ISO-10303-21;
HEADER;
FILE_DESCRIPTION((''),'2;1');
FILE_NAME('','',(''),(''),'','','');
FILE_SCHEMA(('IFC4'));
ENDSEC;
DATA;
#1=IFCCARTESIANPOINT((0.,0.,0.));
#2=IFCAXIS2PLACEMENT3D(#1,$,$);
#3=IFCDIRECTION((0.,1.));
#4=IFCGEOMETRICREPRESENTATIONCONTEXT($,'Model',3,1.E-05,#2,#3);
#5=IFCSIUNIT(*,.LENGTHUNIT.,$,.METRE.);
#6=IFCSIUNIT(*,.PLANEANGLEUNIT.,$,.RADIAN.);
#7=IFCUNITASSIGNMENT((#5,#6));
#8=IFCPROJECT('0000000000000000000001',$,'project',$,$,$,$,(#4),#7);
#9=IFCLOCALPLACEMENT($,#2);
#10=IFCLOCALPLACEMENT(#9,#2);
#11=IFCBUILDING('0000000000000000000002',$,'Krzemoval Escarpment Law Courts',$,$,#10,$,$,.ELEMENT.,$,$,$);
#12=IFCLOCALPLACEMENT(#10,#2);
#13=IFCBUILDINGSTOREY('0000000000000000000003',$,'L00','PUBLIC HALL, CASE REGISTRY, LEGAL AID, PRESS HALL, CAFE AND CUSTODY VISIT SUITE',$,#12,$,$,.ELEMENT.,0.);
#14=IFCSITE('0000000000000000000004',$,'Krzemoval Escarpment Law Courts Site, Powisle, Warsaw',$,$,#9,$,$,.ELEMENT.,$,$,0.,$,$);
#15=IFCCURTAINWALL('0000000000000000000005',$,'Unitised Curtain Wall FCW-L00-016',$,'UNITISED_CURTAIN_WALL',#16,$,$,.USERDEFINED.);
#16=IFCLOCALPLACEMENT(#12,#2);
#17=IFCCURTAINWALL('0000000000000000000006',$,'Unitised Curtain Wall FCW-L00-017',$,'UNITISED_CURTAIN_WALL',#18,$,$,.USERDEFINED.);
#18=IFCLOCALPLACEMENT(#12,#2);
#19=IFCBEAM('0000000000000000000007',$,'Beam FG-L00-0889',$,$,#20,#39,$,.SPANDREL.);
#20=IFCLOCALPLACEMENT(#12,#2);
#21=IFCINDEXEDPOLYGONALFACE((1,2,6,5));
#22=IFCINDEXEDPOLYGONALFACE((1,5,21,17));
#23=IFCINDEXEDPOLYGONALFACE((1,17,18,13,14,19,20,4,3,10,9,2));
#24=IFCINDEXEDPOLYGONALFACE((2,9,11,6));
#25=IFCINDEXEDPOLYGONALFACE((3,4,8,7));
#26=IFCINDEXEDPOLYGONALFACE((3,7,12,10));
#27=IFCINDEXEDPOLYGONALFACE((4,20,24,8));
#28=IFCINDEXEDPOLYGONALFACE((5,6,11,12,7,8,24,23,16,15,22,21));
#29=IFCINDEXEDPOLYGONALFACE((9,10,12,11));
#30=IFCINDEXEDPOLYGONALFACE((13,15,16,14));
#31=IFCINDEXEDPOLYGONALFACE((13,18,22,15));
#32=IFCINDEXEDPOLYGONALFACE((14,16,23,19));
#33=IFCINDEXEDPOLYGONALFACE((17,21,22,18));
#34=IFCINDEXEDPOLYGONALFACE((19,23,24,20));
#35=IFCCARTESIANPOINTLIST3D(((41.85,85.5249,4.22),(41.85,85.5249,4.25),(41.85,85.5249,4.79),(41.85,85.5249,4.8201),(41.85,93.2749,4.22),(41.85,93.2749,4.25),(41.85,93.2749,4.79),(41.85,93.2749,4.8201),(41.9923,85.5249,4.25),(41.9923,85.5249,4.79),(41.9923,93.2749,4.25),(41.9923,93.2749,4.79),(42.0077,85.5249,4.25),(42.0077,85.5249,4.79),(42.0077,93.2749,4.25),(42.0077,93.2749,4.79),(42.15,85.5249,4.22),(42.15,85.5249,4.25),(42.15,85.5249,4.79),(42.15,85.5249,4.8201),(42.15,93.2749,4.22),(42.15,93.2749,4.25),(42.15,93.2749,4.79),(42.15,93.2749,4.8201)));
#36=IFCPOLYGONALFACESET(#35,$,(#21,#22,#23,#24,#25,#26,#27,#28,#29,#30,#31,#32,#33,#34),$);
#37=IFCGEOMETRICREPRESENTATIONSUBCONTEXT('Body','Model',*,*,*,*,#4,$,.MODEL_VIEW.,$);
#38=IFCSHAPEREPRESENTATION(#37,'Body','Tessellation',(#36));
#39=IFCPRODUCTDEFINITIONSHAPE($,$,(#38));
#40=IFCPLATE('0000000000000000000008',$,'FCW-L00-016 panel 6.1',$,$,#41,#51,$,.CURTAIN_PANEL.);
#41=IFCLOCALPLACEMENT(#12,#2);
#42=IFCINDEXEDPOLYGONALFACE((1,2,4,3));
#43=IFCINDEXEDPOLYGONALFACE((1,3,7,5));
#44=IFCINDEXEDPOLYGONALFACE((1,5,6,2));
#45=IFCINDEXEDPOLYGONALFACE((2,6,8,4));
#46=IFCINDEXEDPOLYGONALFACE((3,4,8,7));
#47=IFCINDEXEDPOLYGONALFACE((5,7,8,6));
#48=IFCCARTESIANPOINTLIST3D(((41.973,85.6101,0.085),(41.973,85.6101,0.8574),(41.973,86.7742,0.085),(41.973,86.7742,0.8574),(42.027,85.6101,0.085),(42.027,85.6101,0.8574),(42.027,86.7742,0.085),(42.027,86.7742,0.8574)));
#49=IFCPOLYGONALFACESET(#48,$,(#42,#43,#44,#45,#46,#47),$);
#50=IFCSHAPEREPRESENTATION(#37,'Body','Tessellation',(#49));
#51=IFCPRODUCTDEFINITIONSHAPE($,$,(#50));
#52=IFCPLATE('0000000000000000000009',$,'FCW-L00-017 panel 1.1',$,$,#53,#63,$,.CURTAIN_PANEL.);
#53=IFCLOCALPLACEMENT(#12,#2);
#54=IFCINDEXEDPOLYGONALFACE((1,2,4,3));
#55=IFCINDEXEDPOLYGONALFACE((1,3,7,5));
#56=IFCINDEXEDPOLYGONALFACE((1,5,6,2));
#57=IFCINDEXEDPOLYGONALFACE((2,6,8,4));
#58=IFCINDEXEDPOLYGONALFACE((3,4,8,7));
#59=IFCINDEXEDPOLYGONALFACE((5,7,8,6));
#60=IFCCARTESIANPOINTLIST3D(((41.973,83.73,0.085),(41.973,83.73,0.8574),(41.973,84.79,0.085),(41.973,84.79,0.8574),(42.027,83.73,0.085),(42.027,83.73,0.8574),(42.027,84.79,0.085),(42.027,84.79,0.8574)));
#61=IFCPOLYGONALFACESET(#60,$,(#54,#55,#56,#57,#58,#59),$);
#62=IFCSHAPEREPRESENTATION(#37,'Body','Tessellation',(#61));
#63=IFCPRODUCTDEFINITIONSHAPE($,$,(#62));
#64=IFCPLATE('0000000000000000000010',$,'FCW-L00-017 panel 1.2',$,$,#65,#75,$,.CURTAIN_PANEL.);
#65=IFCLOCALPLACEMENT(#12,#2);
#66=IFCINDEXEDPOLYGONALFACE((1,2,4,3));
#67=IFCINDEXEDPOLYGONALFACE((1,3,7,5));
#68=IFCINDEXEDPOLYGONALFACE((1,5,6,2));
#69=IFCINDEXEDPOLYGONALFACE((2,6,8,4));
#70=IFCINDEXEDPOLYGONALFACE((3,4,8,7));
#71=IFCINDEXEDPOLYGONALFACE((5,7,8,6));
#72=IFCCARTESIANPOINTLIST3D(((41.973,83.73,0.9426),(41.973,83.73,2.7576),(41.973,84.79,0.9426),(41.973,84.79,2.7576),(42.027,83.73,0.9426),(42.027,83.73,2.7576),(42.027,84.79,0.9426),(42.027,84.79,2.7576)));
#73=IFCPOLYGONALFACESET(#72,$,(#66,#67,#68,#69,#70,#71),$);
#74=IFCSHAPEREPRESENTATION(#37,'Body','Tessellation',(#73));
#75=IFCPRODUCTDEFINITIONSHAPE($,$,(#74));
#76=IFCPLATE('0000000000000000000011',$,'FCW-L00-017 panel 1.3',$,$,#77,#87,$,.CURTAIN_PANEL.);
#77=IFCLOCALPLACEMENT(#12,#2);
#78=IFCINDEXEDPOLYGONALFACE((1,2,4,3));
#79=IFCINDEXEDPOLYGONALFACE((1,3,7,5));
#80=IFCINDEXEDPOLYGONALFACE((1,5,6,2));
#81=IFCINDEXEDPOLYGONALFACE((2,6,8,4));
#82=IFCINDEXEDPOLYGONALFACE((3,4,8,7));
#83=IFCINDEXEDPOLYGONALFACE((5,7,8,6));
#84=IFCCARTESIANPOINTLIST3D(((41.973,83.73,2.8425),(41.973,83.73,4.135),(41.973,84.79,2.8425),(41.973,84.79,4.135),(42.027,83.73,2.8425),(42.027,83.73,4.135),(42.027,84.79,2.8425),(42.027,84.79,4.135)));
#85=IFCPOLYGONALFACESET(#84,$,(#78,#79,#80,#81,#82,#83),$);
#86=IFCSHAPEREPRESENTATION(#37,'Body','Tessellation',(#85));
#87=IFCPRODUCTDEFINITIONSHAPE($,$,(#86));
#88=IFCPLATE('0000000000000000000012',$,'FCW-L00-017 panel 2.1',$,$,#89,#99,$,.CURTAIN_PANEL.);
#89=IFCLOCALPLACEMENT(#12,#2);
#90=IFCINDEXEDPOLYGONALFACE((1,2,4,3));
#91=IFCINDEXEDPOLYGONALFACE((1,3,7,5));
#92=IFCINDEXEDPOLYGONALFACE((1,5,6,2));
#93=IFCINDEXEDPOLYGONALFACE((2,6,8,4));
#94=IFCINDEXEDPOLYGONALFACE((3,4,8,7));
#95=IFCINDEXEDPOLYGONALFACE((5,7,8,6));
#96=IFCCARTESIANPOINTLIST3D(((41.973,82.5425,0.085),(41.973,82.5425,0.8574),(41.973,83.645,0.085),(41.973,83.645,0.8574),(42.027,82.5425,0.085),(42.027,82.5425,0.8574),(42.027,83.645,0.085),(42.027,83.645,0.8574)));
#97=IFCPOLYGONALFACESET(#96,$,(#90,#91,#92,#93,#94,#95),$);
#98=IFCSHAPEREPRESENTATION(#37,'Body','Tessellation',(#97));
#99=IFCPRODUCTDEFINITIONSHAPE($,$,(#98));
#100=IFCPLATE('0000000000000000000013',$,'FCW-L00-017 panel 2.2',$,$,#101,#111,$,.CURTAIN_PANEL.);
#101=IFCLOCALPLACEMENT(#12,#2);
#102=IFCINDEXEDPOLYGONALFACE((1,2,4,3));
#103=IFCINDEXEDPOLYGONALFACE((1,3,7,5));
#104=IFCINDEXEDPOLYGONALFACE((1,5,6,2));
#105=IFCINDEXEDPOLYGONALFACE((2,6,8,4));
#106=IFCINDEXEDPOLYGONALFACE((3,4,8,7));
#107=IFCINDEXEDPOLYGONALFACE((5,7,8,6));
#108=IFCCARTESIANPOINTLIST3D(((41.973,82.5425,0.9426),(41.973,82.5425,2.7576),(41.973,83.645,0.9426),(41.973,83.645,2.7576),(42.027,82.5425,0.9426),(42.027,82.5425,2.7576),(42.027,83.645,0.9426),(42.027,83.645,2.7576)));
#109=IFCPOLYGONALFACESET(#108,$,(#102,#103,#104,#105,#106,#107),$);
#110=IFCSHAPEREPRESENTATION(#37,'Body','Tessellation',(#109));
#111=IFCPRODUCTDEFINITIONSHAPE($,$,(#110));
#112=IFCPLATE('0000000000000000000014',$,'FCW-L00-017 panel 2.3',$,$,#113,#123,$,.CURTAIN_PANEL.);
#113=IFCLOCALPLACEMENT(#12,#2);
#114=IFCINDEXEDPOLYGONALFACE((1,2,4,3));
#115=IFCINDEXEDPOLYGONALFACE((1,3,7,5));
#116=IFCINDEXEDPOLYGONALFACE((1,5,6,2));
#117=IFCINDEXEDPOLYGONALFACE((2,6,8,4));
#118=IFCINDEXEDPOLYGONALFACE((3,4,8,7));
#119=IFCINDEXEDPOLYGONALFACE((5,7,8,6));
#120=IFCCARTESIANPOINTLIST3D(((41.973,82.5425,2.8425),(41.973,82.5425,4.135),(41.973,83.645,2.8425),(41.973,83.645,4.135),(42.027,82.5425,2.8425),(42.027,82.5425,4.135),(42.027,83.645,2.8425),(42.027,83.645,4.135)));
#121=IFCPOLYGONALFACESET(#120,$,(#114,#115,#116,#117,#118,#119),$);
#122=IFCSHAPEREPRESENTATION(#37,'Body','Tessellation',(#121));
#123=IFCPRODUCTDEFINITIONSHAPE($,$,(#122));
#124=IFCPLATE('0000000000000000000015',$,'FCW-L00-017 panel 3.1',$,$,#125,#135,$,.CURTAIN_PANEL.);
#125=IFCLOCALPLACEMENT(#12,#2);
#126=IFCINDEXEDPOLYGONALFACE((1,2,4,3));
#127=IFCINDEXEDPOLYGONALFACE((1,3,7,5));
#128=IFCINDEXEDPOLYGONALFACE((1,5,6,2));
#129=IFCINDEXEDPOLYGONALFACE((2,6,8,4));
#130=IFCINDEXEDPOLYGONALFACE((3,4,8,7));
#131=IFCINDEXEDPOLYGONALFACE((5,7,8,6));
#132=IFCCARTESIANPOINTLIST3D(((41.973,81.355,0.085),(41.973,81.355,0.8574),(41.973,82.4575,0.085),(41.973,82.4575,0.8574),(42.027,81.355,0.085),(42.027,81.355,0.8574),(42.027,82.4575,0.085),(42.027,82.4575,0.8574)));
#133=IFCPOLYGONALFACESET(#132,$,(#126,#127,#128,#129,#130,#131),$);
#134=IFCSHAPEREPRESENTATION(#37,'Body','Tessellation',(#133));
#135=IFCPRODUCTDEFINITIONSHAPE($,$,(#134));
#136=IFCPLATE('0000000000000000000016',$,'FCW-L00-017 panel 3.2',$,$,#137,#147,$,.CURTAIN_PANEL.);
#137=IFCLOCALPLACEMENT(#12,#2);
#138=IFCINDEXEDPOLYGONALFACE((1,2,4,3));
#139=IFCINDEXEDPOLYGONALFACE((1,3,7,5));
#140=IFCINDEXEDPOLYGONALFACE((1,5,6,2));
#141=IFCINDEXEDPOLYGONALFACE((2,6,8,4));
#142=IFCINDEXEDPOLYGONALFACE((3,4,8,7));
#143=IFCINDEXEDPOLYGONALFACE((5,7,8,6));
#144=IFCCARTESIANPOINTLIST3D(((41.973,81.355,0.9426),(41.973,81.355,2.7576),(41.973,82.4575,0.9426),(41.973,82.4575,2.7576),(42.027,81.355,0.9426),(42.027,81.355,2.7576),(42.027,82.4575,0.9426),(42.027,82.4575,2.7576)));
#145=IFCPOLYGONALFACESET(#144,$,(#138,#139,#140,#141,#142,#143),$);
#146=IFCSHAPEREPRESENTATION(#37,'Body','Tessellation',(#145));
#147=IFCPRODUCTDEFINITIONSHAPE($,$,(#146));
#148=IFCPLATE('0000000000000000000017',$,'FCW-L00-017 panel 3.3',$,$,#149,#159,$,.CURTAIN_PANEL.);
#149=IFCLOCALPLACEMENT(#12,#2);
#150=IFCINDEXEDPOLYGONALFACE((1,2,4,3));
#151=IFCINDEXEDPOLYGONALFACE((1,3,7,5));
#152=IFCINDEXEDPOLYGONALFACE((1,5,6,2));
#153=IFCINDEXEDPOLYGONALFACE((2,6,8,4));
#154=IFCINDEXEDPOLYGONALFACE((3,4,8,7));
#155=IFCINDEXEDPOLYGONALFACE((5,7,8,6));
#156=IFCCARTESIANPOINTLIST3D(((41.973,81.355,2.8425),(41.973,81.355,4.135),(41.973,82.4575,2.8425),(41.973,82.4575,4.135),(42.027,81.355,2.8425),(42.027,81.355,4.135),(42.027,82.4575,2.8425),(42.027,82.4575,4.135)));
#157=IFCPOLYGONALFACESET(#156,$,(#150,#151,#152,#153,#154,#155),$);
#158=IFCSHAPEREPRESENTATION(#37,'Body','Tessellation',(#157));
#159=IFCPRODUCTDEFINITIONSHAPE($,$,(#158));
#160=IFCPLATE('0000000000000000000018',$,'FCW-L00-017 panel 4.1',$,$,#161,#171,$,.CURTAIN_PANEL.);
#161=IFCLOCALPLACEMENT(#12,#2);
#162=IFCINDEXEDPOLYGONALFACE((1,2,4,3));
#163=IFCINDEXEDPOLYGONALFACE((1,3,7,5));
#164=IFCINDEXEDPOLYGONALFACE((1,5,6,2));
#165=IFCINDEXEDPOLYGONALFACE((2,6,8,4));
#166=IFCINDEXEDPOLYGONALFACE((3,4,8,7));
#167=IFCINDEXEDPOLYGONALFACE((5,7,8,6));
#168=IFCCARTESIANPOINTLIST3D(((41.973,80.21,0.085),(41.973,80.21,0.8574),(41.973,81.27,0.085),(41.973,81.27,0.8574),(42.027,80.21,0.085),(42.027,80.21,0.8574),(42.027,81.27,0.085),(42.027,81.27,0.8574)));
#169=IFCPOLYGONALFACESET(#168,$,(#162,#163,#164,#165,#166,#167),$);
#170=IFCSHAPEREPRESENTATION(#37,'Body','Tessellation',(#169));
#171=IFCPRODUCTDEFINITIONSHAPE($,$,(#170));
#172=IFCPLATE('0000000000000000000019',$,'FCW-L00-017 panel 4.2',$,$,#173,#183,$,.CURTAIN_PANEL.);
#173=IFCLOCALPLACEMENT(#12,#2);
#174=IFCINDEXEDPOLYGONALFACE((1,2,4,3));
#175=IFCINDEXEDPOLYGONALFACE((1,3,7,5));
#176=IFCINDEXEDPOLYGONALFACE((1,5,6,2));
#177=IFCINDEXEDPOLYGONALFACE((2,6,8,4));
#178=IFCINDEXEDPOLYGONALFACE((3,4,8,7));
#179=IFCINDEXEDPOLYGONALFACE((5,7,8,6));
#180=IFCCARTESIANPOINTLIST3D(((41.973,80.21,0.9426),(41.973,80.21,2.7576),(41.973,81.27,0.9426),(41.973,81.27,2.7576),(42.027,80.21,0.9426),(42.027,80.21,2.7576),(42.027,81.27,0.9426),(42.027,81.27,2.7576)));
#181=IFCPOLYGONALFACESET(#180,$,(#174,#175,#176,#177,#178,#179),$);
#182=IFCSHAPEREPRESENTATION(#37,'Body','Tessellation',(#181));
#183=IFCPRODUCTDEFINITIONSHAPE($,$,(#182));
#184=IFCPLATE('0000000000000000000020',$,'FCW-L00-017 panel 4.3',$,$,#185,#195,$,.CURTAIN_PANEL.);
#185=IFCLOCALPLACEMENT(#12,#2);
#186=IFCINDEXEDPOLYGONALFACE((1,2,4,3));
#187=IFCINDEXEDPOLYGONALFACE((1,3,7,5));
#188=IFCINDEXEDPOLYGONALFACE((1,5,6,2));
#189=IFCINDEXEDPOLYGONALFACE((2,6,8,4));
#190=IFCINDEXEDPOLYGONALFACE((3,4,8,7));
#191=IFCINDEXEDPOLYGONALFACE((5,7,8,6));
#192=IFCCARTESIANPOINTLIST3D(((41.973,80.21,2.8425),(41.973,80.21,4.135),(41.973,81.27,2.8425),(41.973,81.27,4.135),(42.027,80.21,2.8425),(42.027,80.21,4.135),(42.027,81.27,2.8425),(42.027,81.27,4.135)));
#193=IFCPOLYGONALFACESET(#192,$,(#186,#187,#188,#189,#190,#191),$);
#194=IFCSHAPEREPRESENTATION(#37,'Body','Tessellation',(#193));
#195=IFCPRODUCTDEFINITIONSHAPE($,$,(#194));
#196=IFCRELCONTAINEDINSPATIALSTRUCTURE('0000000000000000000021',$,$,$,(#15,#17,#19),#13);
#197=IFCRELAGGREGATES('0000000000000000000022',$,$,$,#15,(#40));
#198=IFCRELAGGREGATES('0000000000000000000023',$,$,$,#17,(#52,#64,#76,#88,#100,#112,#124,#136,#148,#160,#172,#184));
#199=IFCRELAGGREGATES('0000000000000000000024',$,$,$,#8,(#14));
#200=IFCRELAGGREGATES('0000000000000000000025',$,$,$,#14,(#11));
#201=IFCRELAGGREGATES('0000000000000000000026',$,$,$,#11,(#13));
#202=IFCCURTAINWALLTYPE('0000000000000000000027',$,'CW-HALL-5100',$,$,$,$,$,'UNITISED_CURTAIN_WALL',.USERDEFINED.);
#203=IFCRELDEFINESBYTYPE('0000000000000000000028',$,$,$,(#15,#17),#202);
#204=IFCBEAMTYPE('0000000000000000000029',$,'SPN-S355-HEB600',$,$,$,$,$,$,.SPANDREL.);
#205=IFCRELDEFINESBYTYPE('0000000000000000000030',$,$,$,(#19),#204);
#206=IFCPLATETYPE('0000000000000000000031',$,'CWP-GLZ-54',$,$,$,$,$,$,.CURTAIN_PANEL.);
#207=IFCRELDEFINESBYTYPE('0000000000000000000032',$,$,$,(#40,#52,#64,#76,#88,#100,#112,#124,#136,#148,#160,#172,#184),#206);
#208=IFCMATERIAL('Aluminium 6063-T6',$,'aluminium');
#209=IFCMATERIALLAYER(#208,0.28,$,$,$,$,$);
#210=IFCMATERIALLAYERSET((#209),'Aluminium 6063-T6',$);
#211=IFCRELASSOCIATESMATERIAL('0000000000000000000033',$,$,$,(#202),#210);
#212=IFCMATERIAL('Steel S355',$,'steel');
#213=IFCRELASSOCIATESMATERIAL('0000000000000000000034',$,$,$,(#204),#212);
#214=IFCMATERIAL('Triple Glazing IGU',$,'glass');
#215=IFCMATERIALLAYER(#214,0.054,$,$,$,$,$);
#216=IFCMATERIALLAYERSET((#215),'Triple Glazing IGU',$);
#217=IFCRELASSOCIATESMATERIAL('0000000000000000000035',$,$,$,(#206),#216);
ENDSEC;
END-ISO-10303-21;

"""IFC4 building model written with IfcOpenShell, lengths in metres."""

from ifc_helpers import new_model, si_unit, direction, frame, origin, origin_2d, place, context, subcontext, project, spatial, rectangle, i_section, extrude, material, layer, layer_set, material_profile, profile_set, type_object, element, aggregate, save


model = new_model("IFC4")

# Units and contexts
model_context = context("Model", 3, precision=1e-05, world=origin(), true_north=direction((0.0, 1.0)))
body_context = subcontext(model_context, "Body", "Model", "MODEL_VIEW")
ifc_project = project(units=[si_unit("LENGTHUNIT", "METRE"), si_unit("PLANEANGLEUNIT", "RADIAN")], contexts=[model_context])

# Site, building, storey
site_placement = place(None, origin())
site = spatial("IfcSite", under=ifc_project, at=site_placement, Name="Krzemoval Escarpment Law Courts Site, Powisle, Warsaw", CompositionType="ELEMENT", RefElevation=0.0)
building_placement = place(site_placement, origin())
building = spatial("IfcBuilding", under=site, at=building_placement, Name="Krzemoval Escarpment Law Courts", CompositionType="ELEMENT")
storey_placement = place(building_placement, origin())
storey = spatial("IfcBuildingStorey", under=building, at=storey_placement, Name="L00", Description="PUBLIC HALL, CASE REGISTRY, LEGAL AID, PRESS HALL, CAFE AND CUSTODY VISIT SUITE", CompositionType="ELEMENT", Elevation=0.0)

# Curtain wall
ifc_material_1 = material(Name="Aluminium 6063-T6", Category="aluminium")
ifc_layer_1 = layer(ifc_material_1, 0.28)
ifc_layer_set_1 = layer_set([ifc_layer_1], Name="Aluminium 6063-T6")
curtain_wall_type = type_object("IfcCurtainWallType", Name="CW-HALL-5100", ElementType="UNITISED_CURTAIN_WALL", PredefinedType="USERDEFINED", material=ifc_layer_set_1)
curtain_wall_1_placement = place(storey_placement, origin())
curtain_wall_1 = element("IfcCurtainWall", 1, at=curtain_wall_1_placement, inside=storey, type_object=curtain_wall_type, Name="Unitised Curtain Wall FCW-L00-016", ObjectType="UNITISED_CURTAIN_WALL", PredefinedType="USERDEFINED")

# Curtain wall
curtain_wall_2_placement = place(storey_placement, origin())
curtain_wall_2 = element("IfcCurtainWall", 2, at=curtain_wall_2_placement, inside=storey, type_object=curtain_wall_type, Name="Unitised Curtain Wall FCW-L00-017", ObjectType="UNITISED_CURTAIN_WALL", PredefinedType="USERDEFINED")

# Beam
ifc_material_2 = material(Name="Steel S355", Category="steel")
ifc_material_profile_1 = material_profile(ifc_material_2, i_section(OverallWidth=0.3, OverallDepth=0.6001, WebThickness=0.0154, FlangeThickness=0.03, at=origin_2d()), Name="HEB 600")
ifc_profile_set_1 = profile_set([ifc_material_profile_1], Name="Steel S355")
beam_type = type_object("IfcBeamType", Name="SPN-S355-HEB600", PredefinedType="SPANDREL", material=ifc_profile_set_1)
beam_placement = place(storey_placement, frame((42.0, 85.5249, 4.52), z_axis=(0.0, 1.0, 0.0), x_axis=(-1.0, 0.0, 0.0)))
element("IfcBeam", 3, at=beam_placement, inside=storey, type_object=beam_type, Name="Beam FG-L00-0889", PredefinedType="SPANDREL", context=body_context, shape_type="SweptSolid", body=[
    extrude(i_section(OverallWidth=0.3, OverallDepth=0.6001, WebThickness=0.0154, FlangeThickness=0.03, at=origin_2d()), origin(), (0.0, 0.0, 1.0), 7.75),
])

# Plates
ifc_material_3 = material(Name="Triple Glazing IGU", Category="glass")
ifc_layer_2 = layer(ifc_material_3, 0.054)
ifc_layer_set_2 = layer_set([ifc_layer_2], Name="Triple Glazing IGU")
plate_type = type_object("IfcPlateType", Name="CWP-GLZ-54", PredefinedType="CURTAIN_PANEL", material=ifc_layer_set_2)
plate_1_placement = place(storey_placement, frame((42.0, 86.1921, 0.085), z_axis=(0.0, 0.0, 1.0), x_axis=(0.0, -1.0, 0.0)))
plate_1 = element("IfcPlate", 4, at=plate_1_placement, type_object=plate_type, Name="FCW-L00-016 panel 6.1", PredefinedType="CURTAIN_PANEL", context=body_context, shape_type="SweptSolid", body=[
    extrude(rectangle(XDim=1.1641, YDim=0.054, at=origin_2d()), origin(), (0.0, 0.0, 1.0), 0.7725),
])
aggregate(curtain_wall_1, [plate_1])
plate_2_placement = place(storey_placement, frame((42.0, 84.26, 0.085), z_axis=(0.0, 0.0, 1.0), x_axis=(0.0, -1.0, 0.0)))
plate_2 = element("IfcPlate", 5, at=plate_2_placement, type_object=plate_type, Name="FCW-L00-017 panel 1.1", PredefinedType="CURTAIN_PANEL", context=body_context, shape_type="SweptSolid", body=[
    extrude(rectangle(XDim=1.0601, YDim=0.054, at=origin_2d()), origin(), (0.0, 0.0, 1.0), 0.7725),
])
plate_3_placement = place(storey_placement, frame((42.0, 84.26, 0.9426), z_axis=(0.0, 0.0, 1.0), x_axis=(0.0, -1.0, 0.0)))
plate_3 = element("IfcPlate", 6, at=plate_3_placement, type_object=plate_type, Name="FCW-L00-017 panel 1.2", PredefinedType="CURTAIN_PANEL", context=body_context, shape_type="SweptSolid", body=[
    extrude(rectangle(XDim=1.0601, YDim=0.054, at=origin_2d()), origin(), (0.0, 0.0, 1.0), 1.8149),
])
plate_4_placement = place(storey_placement, frame((42.0, 84.26, 2.8425), z_axis=(0.0, 0.0, 1.0), x_axis=(0.0, -1.0, 0.0)))
plate_4 = element("IfcPlate", 7, at=plate_4_placement, type_object=plate_type, Name="FCW-L00-017 panel 1.3", PredefinedType="CURTAIN_PANEL", context=body_context, shape_type="SweptSolid", body=[
    extrude(rectangle(XDim=1.0601, YDim=0.054, at=origin_2d()), origin(), (0.0, 0.0, 1.0), 1.2925),
])
plate_5_placement = place(storey_placement, frame((42.0, 83.0938, 0.085), z_axis=(0.0, 0.0, 1.0), x_axis=(0.0, -1.0, 0.0)))
plate_5 = element("IfcPlate", 8, at=plate_5_placement, type_object=plate_type, Name="FCW-L00-017 panel 2.1", PredefinedType="CURTAIN_PANEL", context=body_context, shape_type="SweptSolid", body=[
    extrude(rectangle(XDim=1.1025, YDim=0.054, at=origin_2d()), origin(), (0.0, 0.0, 1.0), 0.7725),
])
plate_6_placement = place(storey_placement, frame((42.0, 83.0938, 0.9426), z_axis=(0.0, 0.0, 1.0), x_axis=(0.0, -1.0, 0.0)))
plate_6 = element("IfcPlate", 9, at=plate_6_placement, type_object=plate_type, Name="FCW-L00-017 panel 2.2", PredefinedType="CURTAIN_PANEL", context=body_context, shape_type="SweptSolid", body=[
    extrude(rectangle(XDim=1.1025, YDim=0.054, at=origin_2d()), origin(), (0.0, 0.0, 1.0), 1.8149),
])
plate_7_placement = place(storey_placement, frame((42.0, 83.0938, 2.8425), z_axis=(0.0, 0.0, 1.0), x_axis=(0.0, -1.0, 0.0)))
plate_7 = element("IfcPlate", 10, at=plate_7_placement, type_object=plate_type, Name="FCW-L00-017 panel 2.3", PredefinedType="CURTAIN_PANEL", context=body_context, shape_type="SweptSolid", body=[
    extrude(rectangle(XDim=1.1025, YDim=0.054, at=origin_2d()), origin(), (0.0, 0.0, 1.0), 1.2925),
])
plate_8_placement = place(storey_placement, frame((42.0, 81.9062, 0.085), z_axis=(0.0, 0.0, 1.0), x_axis=(0.0, -1.0, 0.0)))
plate_8 = element("IfcPlate", 11, at=plate_8_placement, type_object=plate_type, Name="FCW-L00-017 panel 3.1", PredefinedType="CURTAIN_PANEL", context=body_context, shape_type="SweptSolid", body=[
    extrude(rectangle(XDim=1.1025, YDim=0.054, at=origin_2d()), origin(), (0.0, 0.0, 1.0), 0.7725),
])
plate_9_placement = place(storey_placement, frame((42.0, 81.9062, 0.9426), z_axis=(0.0, 0.0, 1.0), x_axis=(0.0, -1.0, 0.0)))
plate_9 = element("IfcPlate", 12, at=plate_9_placement, type_object=plate_type, Name="FCW-L00-017 panel 3.2", PredefinedType="CURTAIN_PANEL", context=body_context, shape_type="SweptSolid", body=[
    extrude(rectangle(XDim=1.1025, YDim=0.054, at=origin_2d()), origin(), (0.0, 0.0, 1.0), 1.8149),
])
plate_10_placement = place(storey_placement, frame((42.0, 81.9062, 2.8425), z_axis=(0.0, 0.0, 1.0), x_axis=(0.0, -1.0, 0.0)))
plate_10 = element("IfcPlate", 13, at=plate_10_placement, type_object=plate_type, Name="FCW-L00-017 panel 3.3", PredefinedType="CURTAIN_PANEL", context=body_context, shape_type="SweptSolid", body=[
    extrude(rectangle(XDim=1.1025, YDim=0.054, at=origin_2d()), origin(), (0.0, 0.0, 1.0), 1.2925),
])
plate_11_placement = place(storey_placement, frame((42.0, 80.74, 0.085), z_axis=(0.0, 0.0, 1.0), x_axis=(0.0, -1.0, 0.0)))
plate_11 = element("IfcPlate", 14, at=plate_11_placement, type_object=plate_type, Name="FCW-L00-017 panel 4.1", PredefinedType="CURTAIN_PANEL", context=body_context, shape_type="SweptSolid", body=[
    extrude(rectangle(XDim=1.0601, YDim=0.054, at=origin_2d()), origin(), (0.0, 0.0, 1.0), 0.7725),
])
plate_12_placement = place(storey_placement, frame((42.0, 80.74, 0.9426), z_axis=(0.0, 0.0, 1.0), x_axis=(0.0, -1.0, 0.0)))
plate_12 = element("IfcPlate", 15, at=plate_12_placement, type_object=plate_type, Name="FCW-L00-017 panel 4.2", PredefinedType="CURTAIN_PANEL", context=body_context, shape_type="SweptSolid", body=[
    extrude(rectangle(XDim=1.0601, YDim=0.054, at=origin_2d()), origin(), (0.0, 0.0, 1.0), 1.8149),
])
plate_13_placement = place(storey_placement, frame((42.0, 80.74, 2.8425), z_axis=(0.0, 0.0, 1.0), x_axis=(0.0, -1.0, 0.0)))
plate_13 = element("IfcPlate", 16, at=plate_13_placement, type_object=plate_type, Name="FCW-L00-017 panel 4.3", PredefinedType="CURTAIN_PANEL", context=body_context, shape_type="SweptSolid", body=[
    extrude(rectangle(XDim=1.0601, YDim=0.054, at=origin_2d()), origin(), (0.0, 0.0, 1.0), 1.2925),
])
aggregate(curtain_wall_2, [plate_2, plate_3, plate_4, plate_5, plate_6, plate_7, plate_8, plate_9, plate_10, plate_11, plate_12, plate_13])

save(model, "model.ifc")
